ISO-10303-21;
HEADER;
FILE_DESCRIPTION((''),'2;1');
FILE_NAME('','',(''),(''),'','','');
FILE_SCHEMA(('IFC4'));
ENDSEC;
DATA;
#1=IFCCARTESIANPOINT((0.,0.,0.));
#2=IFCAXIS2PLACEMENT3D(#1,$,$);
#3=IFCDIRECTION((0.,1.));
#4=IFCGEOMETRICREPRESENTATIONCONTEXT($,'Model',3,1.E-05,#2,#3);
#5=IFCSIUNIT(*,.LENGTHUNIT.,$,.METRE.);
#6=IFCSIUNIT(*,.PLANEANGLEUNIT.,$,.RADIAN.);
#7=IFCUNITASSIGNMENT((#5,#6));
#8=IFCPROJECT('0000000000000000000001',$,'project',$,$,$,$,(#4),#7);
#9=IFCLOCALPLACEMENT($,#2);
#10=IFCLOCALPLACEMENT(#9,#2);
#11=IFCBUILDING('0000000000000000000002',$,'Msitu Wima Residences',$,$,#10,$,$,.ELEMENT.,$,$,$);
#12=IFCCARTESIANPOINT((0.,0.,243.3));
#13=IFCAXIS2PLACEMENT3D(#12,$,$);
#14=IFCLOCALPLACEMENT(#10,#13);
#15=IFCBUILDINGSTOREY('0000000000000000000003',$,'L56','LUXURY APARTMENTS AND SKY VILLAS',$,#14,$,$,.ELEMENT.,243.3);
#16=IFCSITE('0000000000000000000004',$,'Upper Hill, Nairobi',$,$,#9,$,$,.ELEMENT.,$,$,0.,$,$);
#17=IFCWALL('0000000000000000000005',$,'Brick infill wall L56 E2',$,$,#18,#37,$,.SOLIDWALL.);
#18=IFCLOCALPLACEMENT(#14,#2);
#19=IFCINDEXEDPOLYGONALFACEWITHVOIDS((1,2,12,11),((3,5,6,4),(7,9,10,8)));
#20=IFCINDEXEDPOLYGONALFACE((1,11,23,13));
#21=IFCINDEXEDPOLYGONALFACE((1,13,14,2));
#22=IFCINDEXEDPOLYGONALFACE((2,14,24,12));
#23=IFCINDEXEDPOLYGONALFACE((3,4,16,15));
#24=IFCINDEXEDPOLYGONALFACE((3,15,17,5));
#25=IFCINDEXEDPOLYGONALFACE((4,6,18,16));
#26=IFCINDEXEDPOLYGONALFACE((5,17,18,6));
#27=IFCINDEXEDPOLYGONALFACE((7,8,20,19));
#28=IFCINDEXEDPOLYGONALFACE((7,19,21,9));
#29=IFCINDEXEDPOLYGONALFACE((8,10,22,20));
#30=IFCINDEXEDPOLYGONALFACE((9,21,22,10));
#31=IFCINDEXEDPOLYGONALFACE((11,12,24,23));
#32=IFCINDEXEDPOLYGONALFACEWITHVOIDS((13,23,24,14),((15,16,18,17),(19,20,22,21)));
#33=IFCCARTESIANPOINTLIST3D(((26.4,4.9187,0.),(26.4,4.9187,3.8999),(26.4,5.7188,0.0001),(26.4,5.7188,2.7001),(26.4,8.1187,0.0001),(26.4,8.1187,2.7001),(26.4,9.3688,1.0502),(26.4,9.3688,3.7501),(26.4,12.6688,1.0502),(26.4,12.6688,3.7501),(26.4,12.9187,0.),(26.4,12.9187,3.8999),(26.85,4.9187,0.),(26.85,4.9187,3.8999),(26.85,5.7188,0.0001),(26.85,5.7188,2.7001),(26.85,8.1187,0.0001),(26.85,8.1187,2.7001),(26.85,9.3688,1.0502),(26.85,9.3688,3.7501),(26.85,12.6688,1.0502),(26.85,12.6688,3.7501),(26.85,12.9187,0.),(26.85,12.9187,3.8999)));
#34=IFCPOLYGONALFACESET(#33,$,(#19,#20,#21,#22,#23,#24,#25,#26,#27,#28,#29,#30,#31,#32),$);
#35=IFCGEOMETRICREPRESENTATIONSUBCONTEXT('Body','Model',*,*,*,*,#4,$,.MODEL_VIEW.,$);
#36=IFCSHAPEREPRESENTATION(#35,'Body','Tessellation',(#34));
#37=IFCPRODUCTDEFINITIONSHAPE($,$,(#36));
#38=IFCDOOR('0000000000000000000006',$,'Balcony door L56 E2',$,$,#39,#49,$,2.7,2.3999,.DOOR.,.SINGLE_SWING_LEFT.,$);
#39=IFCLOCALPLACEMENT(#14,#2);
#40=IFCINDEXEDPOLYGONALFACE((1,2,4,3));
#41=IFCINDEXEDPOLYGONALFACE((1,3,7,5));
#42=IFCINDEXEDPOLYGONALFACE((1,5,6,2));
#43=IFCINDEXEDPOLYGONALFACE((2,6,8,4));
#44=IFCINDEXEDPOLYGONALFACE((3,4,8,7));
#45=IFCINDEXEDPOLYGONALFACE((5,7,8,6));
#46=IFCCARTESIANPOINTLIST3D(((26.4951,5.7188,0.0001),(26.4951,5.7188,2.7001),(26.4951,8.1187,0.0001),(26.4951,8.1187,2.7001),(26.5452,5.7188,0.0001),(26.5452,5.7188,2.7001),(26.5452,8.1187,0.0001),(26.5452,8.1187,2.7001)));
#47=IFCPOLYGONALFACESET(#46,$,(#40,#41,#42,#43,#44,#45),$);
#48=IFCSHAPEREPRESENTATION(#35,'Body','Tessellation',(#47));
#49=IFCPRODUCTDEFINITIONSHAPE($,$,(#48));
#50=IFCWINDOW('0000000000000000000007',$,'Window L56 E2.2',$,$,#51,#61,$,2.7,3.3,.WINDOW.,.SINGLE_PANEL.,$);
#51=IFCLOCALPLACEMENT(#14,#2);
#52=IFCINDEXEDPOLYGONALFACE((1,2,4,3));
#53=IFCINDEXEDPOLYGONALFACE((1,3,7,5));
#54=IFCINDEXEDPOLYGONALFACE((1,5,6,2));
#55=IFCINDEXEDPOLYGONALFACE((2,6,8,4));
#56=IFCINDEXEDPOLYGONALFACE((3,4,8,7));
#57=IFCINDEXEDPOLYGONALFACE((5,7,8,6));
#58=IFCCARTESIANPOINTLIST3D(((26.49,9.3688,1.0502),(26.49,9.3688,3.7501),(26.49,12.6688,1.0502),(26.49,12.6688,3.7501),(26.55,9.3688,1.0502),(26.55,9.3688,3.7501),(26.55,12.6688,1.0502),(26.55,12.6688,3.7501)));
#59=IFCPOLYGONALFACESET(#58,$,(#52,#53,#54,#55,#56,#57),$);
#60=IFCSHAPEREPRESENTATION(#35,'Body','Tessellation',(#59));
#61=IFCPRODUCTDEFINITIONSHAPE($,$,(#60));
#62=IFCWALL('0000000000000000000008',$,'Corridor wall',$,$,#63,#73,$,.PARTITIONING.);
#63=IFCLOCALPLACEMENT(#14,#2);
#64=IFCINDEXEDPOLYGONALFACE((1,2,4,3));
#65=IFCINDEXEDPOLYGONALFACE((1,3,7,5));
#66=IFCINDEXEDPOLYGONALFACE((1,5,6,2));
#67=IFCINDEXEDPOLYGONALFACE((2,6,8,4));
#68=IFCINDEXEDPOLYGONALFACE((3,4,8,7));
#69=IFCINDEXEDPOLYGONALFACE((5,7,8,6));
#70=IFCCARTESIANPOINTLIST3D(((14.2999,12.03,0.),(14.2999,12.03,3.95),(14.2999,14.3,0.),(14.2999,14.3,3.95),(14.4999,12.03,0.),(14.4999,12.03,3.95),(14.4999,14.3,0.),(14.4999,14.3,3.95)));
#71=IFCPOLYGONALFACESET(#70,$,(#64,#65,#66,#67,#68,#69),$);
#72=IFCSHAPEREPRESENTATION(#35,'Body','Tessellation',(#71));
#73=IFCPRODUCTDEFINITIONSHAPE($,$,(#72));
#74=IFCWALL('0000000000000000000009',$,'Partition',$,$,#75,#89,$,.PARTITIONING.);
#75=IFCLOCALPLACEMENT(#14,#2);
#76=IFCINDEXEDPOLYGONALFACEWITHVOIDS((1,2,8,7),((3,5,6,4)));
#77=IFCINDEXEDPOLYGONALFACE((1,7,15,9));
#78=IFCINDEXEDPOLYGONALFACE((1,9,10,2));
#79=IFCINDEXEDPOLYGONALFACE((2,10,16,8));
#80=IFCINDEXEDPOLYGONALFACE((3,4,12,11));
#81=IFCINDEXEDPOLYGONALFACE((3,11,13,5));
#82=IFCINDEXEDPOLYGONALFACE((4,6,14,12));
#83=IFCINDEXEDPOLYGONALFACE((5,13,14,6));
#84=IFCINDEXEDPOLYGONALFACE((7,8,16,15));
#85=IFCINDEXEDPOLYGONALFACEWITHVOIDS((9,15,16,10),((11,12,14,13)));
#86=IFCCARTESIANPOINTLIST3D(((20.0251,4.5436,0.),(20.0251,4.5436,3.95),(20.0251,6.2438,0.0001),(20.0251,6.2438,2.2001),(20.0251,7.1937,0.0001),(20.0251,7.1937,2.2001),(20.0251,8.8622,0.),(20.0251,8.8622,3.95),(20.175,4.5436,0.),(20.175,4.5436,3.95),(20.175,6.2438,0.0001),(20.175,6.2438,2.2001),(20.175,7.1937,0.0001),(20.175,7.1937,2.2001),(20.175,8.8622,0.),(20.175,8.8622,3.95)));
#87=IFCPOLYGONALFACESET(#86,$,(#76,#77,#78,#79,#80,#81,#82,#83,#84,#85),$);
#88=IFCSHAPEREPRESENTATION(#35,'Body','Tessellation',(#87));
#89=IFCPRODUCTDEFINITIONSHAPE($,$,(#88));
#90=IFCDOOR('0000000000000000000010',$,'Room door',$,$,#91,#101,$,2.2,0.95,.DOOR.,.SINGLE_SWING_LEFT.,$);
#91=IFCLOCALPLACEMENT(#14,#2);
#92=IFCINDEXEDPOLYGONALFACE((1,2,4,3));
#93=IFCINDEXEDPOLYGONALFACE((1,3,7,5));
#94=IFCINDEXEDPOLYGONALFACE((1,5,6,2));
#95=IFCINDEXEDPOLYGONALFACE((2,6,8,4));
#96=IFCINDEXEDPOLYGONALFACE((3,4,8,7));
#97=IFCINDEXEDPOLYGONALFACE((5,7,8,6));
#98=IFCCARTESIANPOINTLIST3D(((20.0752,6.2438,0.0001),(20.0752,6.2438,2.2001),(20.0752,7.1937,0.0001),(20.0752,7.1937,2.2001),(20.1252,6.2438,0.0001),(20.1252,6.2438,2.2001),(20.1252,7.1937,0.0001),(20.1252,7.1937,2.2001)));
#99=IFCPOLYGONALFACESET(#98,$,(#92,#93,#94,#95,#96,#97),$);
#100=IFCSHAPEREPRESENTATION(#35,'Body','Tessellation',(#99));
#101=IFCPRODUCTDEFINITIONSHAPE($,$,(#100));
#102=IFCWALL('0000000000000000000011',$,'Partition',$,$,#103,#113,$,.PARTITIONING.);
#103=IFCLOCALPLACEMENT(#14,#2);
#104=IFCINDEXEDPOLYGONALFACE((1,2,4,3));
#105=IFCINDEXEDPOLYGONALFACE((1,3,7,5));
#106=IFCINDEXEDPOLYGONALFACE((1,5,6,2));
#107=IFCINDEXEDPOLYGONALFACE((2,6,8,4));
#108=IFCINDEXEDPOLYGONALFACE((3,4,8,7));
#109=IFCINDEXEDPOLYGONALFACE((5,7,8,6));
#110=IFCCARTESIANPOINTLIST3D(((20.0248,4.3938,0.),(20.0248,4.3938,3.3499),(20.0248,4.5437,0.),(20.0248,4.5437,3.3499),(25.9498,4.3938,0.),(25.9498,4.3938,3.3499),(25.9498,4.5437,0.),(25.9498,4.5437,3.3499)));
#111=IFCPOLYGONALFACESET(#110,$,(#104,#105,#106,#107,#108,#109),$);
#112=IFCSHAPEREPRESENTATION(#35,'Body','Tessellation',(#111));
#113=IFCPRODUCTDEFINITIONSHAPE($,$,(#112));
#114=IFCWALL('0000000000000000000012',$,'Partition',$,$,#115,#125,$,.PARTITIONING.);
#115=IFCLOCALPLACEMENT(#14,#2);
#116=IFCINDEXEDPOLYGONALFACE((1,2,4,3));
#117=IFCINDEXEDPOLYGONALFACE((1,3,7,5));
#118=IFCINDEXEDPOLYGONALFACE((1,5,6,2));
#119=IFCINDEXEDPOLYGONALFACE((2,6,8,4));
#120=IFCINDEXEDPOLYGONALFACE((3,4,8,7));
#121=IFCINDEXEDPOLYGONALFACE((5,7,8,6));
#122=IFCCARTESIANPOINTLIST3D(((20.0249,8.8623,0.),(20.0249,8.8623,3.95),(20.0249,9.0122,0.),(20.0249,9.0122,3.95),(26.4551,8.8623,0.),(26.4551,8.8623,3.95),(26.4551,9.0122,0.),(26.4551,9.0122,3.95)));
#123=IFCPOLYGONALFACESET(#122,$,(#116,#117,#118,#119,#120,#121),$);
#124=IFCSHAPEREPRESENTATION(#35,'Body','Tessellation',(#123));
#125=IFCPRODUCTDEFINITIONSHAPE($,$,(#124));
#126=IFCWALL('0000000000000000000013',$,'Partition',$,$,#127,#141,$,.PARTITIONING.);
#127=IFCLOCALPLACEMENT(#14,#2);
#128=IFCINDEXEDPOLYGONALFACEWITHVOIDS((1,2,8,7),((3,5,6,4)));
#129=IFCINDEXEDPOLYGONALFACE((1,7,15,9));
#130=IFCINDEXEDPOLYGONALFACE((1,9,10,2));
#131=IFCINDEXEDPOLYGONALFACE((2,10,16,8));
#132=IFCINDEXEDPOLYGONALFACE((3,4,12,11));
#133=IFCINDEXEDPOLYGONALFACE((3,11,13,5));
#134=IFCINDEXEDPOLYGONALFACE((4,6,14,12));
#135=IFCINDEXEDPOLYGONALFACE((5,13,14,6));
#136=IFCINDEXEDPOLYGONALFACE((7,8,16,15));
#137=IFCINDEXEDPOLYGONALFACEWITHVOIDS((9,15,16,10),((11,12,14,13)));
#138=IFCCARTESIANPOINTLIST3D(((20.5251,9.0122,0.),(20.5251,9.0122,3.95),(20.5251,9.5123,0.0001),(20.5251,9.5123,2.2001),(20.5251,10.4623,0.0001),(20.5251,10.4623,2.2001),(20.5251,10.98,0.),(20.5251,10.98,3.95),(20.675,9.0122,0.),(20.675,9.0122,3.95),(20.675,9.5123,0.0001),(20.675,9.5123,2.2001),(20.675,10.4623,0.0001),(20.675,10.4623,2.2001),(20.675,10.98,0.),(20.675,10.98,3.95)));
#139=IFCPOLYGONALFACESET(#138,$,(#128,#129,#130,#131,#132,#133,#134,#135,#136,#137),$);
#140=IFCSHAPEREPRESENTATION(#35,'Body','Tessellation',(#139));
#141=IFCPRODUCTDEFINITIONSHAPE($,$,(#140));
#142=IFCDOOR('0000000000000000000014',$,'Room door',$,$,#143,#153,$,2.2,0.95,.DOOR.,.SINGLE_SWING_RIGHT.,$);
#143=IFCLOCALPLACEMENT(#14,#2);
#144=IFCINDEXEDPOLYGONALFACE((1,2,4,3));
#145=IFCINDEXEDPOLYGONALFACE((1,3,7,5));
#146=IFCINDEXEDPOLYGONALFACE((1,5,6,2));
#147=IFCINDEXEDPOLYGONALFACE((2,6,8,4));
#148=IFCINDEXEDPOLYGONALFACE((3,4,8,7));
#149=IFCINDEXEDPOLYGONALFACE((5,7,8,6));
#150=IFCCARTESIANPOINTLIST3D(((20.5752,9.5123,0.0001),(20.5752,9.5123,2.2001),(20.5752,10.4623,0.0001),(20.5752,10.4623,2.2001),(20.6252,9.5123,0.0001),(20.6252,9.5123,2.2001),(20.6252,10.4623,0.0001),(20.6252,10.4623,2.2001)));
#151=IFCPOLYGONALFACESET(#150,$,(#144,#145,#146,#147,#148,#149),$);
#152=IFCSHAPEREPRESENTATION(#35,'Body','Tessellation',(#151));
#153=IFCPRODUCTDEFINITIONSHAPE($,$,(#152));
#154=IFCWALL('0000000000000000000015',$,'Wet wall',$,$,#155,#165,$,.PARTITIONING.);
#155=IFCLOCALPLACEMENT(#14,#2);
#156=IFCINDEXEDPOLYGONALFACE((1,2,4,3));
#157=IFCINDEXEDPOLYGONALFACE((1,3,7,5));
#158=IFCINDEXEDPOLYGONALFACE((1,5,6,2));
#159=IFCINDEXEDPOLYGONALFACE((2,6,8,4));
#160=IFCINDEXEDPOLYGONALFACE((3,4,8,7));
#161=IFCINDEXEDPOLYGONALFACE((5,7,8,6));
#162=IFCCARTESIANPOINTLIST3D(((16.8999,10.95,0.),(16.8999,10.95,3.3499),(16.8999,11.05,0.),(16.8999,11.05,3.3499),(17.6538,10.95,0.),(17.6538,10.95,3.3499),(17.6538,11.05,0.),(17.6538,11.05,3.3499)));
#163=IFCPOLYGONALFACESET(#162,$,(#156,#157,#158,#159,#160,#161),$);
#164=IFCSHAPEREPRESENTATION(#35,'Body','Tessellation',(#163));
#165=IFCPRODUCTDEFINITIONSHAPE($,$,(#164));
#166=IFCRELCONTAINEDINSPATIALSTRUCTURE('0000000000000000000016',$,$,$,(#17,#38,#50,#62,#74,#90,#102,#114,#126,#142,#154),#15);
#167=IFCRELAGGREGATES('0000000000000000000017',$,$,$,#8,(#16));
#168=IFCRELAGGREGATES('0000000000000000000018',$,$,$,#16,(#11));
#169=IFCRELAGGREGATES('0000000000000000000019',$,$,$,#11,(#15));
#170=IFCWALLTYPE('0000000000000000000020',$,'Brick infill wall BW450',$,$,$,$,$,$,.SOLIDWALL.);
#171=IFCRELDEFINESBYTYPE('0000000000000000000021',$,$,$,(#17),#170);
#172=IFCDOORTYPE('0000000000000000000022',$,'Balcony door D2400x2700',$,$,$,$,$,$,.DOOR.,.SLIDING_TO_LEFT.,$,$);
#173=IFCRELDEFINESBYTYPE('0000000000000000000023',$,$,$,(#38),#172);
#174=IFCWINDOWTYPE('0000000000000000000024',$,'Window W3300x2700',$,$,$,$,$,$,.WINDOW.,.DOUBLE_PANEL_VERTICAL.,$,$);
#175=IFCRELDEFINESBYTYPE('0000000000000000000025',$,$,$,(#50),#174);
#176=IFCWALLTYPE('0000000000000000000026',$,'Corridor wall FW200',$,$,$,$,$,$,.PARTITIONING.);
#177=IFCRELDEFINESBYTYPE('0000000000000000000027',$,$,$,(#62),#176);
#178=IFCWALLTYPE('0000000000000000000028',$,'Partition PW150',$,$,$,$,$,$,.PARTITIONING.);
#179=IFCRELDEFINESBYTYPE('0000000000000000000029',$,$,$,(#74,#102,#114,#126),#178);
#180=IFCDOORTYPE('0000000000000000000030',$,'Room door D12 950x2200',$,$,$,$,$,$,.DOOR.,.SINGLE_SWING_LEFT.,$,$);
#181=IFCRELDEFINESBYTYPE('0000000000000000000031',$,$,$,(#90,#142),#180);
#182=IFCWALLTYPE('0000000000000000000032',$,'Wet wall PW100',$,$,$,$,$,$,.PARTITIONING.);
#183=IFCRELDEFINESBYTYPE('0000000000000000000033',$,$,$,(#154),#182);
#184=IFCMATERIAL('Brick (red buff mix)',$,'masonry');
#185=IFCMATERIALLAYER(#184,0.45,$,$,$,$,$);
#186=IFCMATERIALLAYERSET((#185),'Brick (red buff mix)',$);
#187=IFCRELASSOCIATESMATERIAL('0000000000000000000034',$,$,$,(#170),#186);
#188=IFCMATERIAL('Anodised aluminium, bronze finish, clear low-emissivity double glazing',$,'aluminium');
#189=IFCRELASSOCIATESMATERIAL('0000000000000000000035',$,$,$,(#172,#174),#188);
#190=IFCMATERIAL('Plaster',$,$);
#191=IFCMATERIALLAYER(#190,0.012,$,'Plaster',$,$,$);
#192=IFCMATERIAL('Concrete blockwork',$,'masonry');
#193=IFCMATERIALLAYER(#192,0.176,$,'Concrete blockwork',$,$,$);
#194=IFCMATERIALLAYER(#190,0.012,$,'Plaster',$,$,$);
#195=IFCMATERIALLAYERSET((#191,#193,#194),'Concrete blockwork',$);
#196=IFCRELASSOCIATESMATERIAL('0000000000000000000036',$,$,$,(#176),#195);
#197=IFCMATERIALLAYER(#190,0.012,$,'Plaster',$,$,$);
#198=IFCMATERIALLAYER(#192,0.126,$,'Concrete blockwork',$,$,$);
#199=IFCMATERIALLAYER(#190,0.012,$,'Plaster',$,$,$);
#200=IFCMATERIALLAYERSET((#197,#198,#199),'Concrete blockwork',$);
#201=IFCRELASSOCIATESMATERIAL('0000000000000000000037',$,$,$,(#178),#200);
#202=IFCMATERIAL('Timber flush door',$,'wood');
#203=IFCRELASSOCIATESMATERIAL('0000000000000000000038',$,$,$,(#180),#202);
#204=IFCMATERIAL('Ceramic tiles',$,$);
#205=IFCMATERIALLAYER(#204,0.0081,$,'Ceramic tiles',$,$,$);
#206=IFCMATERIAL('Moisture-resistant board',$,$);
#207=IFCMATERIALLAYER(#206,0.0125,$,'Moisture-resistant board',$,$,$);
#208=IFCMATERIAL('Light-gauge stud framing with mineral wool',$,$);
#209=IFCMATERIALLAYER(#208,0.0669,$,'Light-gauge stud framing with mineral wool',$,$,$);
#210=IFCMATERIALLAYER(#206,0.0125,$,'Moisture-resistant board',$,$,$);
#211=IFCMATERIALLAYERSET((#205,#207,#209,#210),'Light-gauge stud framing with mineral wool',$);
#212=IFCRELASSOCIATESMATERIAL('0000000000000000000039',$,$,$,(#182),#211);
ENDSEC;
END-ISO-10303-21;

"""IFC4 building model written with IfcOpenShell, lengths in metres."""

from ifc_helpers import new_model, si_unit, direction, frame, frame_2d, origin, place, context, subcontext, project, spatial, rectangle, extrude, material, layer, layer_set, type_object, element, fill, save


model = new_model("IFC4")

# Units and contexts
model_context = context("Model", 3, precision=1e-05, world=origin(), true_north=direction((0.0, 1.0)))
body_context = subcontext(model_context, "Body", "Model", "MODEL_VIEW")
ifc_project = project(units=[si_unit("LENGTHUNIT", "METRE"), si_unit("PLANEANGLEUNIT", "RADIAN")], contexts=[model_context])

# Site, building, storey
site_placement = place(None, origin())
site = spatial("IfcSite", under=ifc_project, at=site_placement, Name="Upper Hill, Nairobi", CompositionType="ELEMENT", RefElevation=0.0)
building_placement = place(site_placement, origin())
building = spatial("IfcBuilding", under=site, at=building_placement, Name="Msitu Wima Residences", CompositionType="ELEMENT")
storey_placement = place(building_placement, frame((0.0, 0.0, 243.3)))
storey = spatial("IfcBuildingStorey", under=building, at=storey_placement, Name="L56", Description="LUXURY APARTMENTS AND SKY VILLAS", CompositionType="ELEMENT", Elevation=243.3)

# Wall, openings, door, window
ifc_material_1 = material(Name="Brick (red buff mix)", Category="masonry")
ifc_layer_1 = layer(ifc_material_1, 0.45)
ifc_layer_set_1 = layer_set([ifc_layer_1], Name="Brick (red buff mix)")
wall_type_1 = type_object("IfcWallType", Name="Brick infill wall BW450", PredefinedType="SOLIDWALL", material=ifc_layer_set_1)
wall_1_placement = place(storey_placement, frame((26.625, 4.9187, 0.0), z_axis=(0.0, 0.0, 1.0), x_axis=(0.0, 1.0, 0.0)))
wall_1 = element("IfcWall", 1, at=wall_1_placement, inside=storey, type_object=wall_type_1, Name="Brick infill wall L56 E2", PredefinedType="SOLIDWALL", context=body_context, shape_type="SweptSolid", body=[
    extrude(rectangle(XDim=8.0, YDim=0.45, at=frame_2d((4.0, 0.0))), origin(), (0.0, 0.0, 1.0), 3.8999),
])
opening_1_placement = place(wall_1_placement, frame((0.8, 0.0, 0.0)))
opening_1 = element("IfcOpeningElement", 2, at=opening_1_placement, cuts=wall_1, PredefinedType="OPENING", context=body_context, shape_type="SweptSolid", body=[
    extrude(rectangle(XDim=2.3999, YDim=2.7, at=frame_2d((1.2, 1.3501))), frame((0.0, 0.2349, 0.0), z_axis=(0.0, -1.0, 0.0), x_axis=(1.0, 0.0, 0.0)), (0.0, 0.0, 1.0), 0.47),
])
opening_2_placement = place(wall_1_placement, frame((4.4502, 0.0, 1.05)))
opening_2 = element("IfcOpeningElement", 3, at=opening_2_placement, cuts=wall_1, PredefinedType="OPENING", context=body_context, shape_type="SweptSolid", body=[
    extrude(rectangle(XDim=3.3, YDim=2.7, at=frame_2d((1.6499, 1.3501))), frame((0.0, 0.2349, 0.0), z_axis=(0.0, -1.0, 0.0), x_axis=(1.0, 0.0, 0.0)), (0.0, 0.0, 1.0), 0.47),
])
ifc_material_2 = material(Name="Anodised aluminium, bronze finish, clear low-emissivity double glazing", Category="aluminium")
door_type_1 = type_object("IfcDoorType", Name="Balcony door D2400x2700", OperationType="SLIDING_TO_LEFT", PredefinedType="DOOR", material=ifc_material_2)
door_1_placement = place(opening_1_placement, origin())
door_1 = element("IfcDoor", 4, at=door_1_placement, inside=storey, type_object=door_type_1, Name="Balcony door L56 E2", OperationType="SINGLE_SWING_LEFT", OverallHeight=2.7, OverallWidth=2.3999, PredefinedType="DOOR", context=body_context, shape_type="SweptSolid", body=[
    extrude(rectangle(XDim=2.3999, YDim=2.7, at=frame_2d((1.2, 1.3501))), frame((0.0, 0.1299, 0.0), z_axis=(0.0, -1.0, 0.0), x_axis=(1.0, 0.0, 0.0)), (0.0, 0.0, 1.0), 0.05),
])
fill(opening_1, door_1)
window_type = type_object("IfcWindowType", Name="Window W3300x2700", PartitioningType="DOUBLE_PANEL_VERTICAL", PredefinedType="WINDOW", material=ifc_material_2)
window_placement = place(opening_2_placement, origin())
window = element("IfcWindow", 5, at=window_placement, inside=storey, type_object=window_type, Name="Window L56 E2.2", OverallHeight=2.7, OverallWidth=3.3, PartitioningType="SINGLE_PANEL", PredefinedType="WINDOW", context=body_context, shape_type="SweptSolid", body=[
    extrude(rectangle(XDim=3.3, YDim=2.7, at=frame_2d((1.6499, 1.3501))), frame((0.0, 0.135, 0.0), z_axis=(0.0, -1.0, 0.0), x_axis=(1.0, 0.0, 0.0)), (0.0, 0.0, 1.0), 0.0601),
])
fill(opening_2, window)

# Wall
ifc_material_3 = material(Name="Plaster")
ifc_layer_2 = layer(ifc_material_3, 0.012, Name="Plaster")
ifc_material_4 = material(Name="Concrete blockwork", Category="masonry")
ifc_layer_3 = layer(ifc_material_4, 0.176, Name="Concrete blockwork")
ifc_layer_4 = layer(ifc_material_3, 0.012, Name="Plaster")
ifc_layer_set_2 = layer_set([ifc_layer_2, ifc_layer_3, ifc_layer_4], Name="Concrete blockwork")
wall_type_2 = type_object("IfcWallType", Name="Corridor wall FW200", PredefinedType="PARTITIONING", material=ifc_layer_set_2)
wall_2_placement = place(storey_placement, frame((14.3999, 12.03, 0.0), z_axis=(0.0, 0.0, 1.0), x_axis=(0.0, 1.0, 0.0)))
element("IfcWall", 6, at=wall_2_placement, inside=storey, type_object=wall_type_2, Name="Corridor wall", PredefinedType="PARTITIONING", context=body_context, shape_type="SweptSolid", body=[
    extrude(rectangle(XDim=2.27, YDim=0.2, at=frame_2d((1.135, 0.0))), origin(), (0.0, 0.0, 1.0), 3.95),
])

# Wall, opening, door
ifc_layer_5 = layer(ifc_material_3, 0.012, Name="Plaster")
ifc_layer_6 = layer(ifc_material_4, 0.126, Name="Concrete blockwork")
ifc_layer_7 = layer(ifc_material_3, 0.012, Name="Plaster")
ifc_layer_set_3 = layer_set([ifc_layer_5, ifc_layer_6, ifc_layer_7], Name="Concrete blockwork")
wall_type_3 = type_object("IfcWallType", Name="Partition PW150", PredefinedType="PARTITIONING", material=ifc_layer_set_3)
wall_3_placement = place(storey_placement, frame((20.1001, 4.5437, 0.0), z_axis=(0.0, 0.0, 1.0), x_axis=(0.0, 1.0, 0.0)))
wall_3 = element("IfcWall", 7, at=wall_3_placement, inside=storey, type_object=wall_type_3, Name="Partition", PredefinedType="PARTITIONING", context=body_context, shape_type="SweptSolid", body=[
    extrude(rectangle(XDim=4.3186, YDim=0.1499, at=frame_2d((2.1592, 0.0))), origin(), (0.0, 0.0, 1.0), 3.95),
])
opening_3_placement = place(wall_3_placement, frame((1.7, 0.0, 0.0)))
opening_3 = element("IfcOpeningElement", 8, at=opening_3_placement, cuts=wall_3, PredefinedType="OPENING", context=body_context, shape_type="SweptSolid", body=[
    extrude(rectangle(XDim=0.95, YDim=2.2, at=frame_2d((0.4751, 1.1001))), frame((0.0, 0.085, 0.0), z_axis=(0.0, -1.0, 0.0), x_axis=(1.0, 0.0, 0.0)), (0.0, 0.0, 1.0), 0.1699),
])
ifc_material_5 = material(Name="Timber flush door", Category="wood")
door_type_2 = type_object("IfcDoorType", Name="Room door D12 950x2200", OperationType="SINGLE_SWING_LEFT", PredefinedType="DOOR", material=ifc_material_5)
door_2_placement = place(opening_3_placement, origin())
door_2 = element("IfcDoor", 9, at=door_2_placement, inside=storey, type_object=door_type_2, Name="Room door", OperationType="SINGLE_SWING_LEFT", OverallHeight=2.2, OverallWidth=0.95, PredefinedType="DOOR", context=body_context, shape_type="SweptSolid", body=[
    extrude(rectangle(XDim=0.95, YDim=2.2, at=frame_2d((0.4751, 1.1001))), frame((0.0, 0.0249, 0.0), z_axis=(0.0, -1.0, 0.0), x_axis=(1.0, 0.0, 0.0)), (0.0, 0.0, 1.0), 0.05),
])
fill(opening_3, door_2)

# Walls
wall_4_placement = place(storey_placement, frame((20.0249, 4.4688, 0.0), z_axis=(0.0, 0.0, 1.0), x_axis=(1.0, 0.0, 0.0)))
element("IfcWall", 10, at=wall_4_placement, inside=storey, type_object=wall_type_3, Name="Partition", PredefinedType="PARTITIONING", context=body_context, shape_type="SweptSolid", body=[
    extrude(rectangle(XDim=5.925, YDim=0.1499, at=frame_2d((2.9624, 0.0))), origin(), (0.0, 0.0, 1.0), 3.3499),
])
wall_5_placement = place(storey_placement, frame((20.0249, 8.9373, 0.0), z_axis=(0.0, 0.0, 1.0), x_axis=(1.0, 0.0, 0.0)))
element("IfcWall", 11, at=wall_5_placement, inside=storey, type_object=wall_type_3, Name="Partition", PredefinedType="PARTITIONING", context=body_context, shape_type="SweptSolid", body=[
    extrude(rectangle(XDim=6.4302, YDim=0.1499, at=frame_2d((3.2151, 0.0))), origin(), (0.0, 0.0, 1.0), 3.95),
])

# Wall, opening, door
wall_6_placement = place(storey_placement, frame((20.6001, 9.0122, 0.0), z_axis=(0.0, 0.0, 1.0), x_axis=(0.0, 1.0, 0.0)))
wall_6 = element("IfcWall", 12, at=wall_6_placement, inside=storey, type_object=wall_type_3, Name="Partition", PredefinedType="PARTITIONING", context=body_context, shape_type="SweptSolid", body=[
    extrude(rectangle(XDim=1.9678, YDim=0.1499, at=frame_2d((0.9839, 0.0))), origin(), (0.0, 0.0, 1.0), 3.95),
])
opening_4_placement = place(wall_6_placement, frame((0.5, 0.0, 0.0)))
opening_4 = element("IfcOpeningElement", 13, at=opening_4_placement, cuts=wall_6, PredefinedType="OPENING", context=body_context, shape_type="SweptSolid", body=[
    extrude(rectangle(XDim=0.95, YDim=2.2, at=frame_2d((0.4751, 1.1001))), frame((0.0, 0.085, 0.0), z_axis=(0.0, -1.0, 0.0), x_axis=(1.0, 0.0, 0.0)), (0.0, 0.0, 1.0), 0.1699),
])
door_3_placement = place(opening_4_placement, origin())
door_3 = element("IfcDoor", 14, at=door_3_placement, inside=storey, type_object=door_type_2, Name="Room door", OperationType="SINGLE_SWING_RIGHT", OverallHeight=2.2, OverallWidth=0.95, PredefinedType="DOOR", context=body_context, shape_type="SweptSolid", body=[
    extrude(rectangle(XDim=0.95, YDim=2.2, at=frame_2d((0.4751, 1.1001))), frame((0.0, 0.0249, 0.0), z_axis=(0.0, -1.0, 0.0), x_axis=(1.0, 0.0, 0.0)), (0.0, 0.0, 1.0), 0.05),
])
fill(opening_4, door_3)

# Wall
ifc_material_6 = material(Name="Ceramic tiles")
ifc_layer_8 = layer(ifc_material_6, 0.0081, Name="Ceramic tiles")
ifc_material_7 = material(Name="Moisture-resistant board")
ifc_layer_9 = layer(ifc_material_7, 0.0125, Name="Moisture-resistant board")
ifc_material_8 = material(Name="Light-gauge stud framing with mineral wool")
ifc_layer_10 = layer(ifc_material_8, 0.0669, Name="Light-gauge stud framing with mineral wool")
ifc_layer_11 = layer(ifc_material_7, 0.0125, Name="Moisture-resistant board")
ifc_layer_set_4 = layer_set([ifc_layer_8, ifc_layer_9, ifc_layer_10, ifc_layer_11], Name="Light-gauge stud framing with mineral wool")
wall_type_4 = type_object("IfcWallType", Name="Wet wall PW100", PredefinedType="PARTITIONING", material=ifc_layer_set_4)
wall_7_placement = place(storey_placement, frame((16.8999, 11.0, 0.0), z_axis=(0.0, 0.0, 1.0), x_axis=(1.0, 0.0, 0.0)))
element("IfcWall", 15, at=wall_7_placement, inside=storey, type_object=wall_type_4, Name="Wet wall", PredefinedType="PARTITIONING", context=body_context, shape_type="SweptSolid", body=[
    extrude(rectangle(XDim=0.7539, YDim=0.1001, at=frame_2d((0.377, 0.0))), origin(), (0.0, 0.0, 1.0), 3.3499),
])

save(model, "model.ifc")
